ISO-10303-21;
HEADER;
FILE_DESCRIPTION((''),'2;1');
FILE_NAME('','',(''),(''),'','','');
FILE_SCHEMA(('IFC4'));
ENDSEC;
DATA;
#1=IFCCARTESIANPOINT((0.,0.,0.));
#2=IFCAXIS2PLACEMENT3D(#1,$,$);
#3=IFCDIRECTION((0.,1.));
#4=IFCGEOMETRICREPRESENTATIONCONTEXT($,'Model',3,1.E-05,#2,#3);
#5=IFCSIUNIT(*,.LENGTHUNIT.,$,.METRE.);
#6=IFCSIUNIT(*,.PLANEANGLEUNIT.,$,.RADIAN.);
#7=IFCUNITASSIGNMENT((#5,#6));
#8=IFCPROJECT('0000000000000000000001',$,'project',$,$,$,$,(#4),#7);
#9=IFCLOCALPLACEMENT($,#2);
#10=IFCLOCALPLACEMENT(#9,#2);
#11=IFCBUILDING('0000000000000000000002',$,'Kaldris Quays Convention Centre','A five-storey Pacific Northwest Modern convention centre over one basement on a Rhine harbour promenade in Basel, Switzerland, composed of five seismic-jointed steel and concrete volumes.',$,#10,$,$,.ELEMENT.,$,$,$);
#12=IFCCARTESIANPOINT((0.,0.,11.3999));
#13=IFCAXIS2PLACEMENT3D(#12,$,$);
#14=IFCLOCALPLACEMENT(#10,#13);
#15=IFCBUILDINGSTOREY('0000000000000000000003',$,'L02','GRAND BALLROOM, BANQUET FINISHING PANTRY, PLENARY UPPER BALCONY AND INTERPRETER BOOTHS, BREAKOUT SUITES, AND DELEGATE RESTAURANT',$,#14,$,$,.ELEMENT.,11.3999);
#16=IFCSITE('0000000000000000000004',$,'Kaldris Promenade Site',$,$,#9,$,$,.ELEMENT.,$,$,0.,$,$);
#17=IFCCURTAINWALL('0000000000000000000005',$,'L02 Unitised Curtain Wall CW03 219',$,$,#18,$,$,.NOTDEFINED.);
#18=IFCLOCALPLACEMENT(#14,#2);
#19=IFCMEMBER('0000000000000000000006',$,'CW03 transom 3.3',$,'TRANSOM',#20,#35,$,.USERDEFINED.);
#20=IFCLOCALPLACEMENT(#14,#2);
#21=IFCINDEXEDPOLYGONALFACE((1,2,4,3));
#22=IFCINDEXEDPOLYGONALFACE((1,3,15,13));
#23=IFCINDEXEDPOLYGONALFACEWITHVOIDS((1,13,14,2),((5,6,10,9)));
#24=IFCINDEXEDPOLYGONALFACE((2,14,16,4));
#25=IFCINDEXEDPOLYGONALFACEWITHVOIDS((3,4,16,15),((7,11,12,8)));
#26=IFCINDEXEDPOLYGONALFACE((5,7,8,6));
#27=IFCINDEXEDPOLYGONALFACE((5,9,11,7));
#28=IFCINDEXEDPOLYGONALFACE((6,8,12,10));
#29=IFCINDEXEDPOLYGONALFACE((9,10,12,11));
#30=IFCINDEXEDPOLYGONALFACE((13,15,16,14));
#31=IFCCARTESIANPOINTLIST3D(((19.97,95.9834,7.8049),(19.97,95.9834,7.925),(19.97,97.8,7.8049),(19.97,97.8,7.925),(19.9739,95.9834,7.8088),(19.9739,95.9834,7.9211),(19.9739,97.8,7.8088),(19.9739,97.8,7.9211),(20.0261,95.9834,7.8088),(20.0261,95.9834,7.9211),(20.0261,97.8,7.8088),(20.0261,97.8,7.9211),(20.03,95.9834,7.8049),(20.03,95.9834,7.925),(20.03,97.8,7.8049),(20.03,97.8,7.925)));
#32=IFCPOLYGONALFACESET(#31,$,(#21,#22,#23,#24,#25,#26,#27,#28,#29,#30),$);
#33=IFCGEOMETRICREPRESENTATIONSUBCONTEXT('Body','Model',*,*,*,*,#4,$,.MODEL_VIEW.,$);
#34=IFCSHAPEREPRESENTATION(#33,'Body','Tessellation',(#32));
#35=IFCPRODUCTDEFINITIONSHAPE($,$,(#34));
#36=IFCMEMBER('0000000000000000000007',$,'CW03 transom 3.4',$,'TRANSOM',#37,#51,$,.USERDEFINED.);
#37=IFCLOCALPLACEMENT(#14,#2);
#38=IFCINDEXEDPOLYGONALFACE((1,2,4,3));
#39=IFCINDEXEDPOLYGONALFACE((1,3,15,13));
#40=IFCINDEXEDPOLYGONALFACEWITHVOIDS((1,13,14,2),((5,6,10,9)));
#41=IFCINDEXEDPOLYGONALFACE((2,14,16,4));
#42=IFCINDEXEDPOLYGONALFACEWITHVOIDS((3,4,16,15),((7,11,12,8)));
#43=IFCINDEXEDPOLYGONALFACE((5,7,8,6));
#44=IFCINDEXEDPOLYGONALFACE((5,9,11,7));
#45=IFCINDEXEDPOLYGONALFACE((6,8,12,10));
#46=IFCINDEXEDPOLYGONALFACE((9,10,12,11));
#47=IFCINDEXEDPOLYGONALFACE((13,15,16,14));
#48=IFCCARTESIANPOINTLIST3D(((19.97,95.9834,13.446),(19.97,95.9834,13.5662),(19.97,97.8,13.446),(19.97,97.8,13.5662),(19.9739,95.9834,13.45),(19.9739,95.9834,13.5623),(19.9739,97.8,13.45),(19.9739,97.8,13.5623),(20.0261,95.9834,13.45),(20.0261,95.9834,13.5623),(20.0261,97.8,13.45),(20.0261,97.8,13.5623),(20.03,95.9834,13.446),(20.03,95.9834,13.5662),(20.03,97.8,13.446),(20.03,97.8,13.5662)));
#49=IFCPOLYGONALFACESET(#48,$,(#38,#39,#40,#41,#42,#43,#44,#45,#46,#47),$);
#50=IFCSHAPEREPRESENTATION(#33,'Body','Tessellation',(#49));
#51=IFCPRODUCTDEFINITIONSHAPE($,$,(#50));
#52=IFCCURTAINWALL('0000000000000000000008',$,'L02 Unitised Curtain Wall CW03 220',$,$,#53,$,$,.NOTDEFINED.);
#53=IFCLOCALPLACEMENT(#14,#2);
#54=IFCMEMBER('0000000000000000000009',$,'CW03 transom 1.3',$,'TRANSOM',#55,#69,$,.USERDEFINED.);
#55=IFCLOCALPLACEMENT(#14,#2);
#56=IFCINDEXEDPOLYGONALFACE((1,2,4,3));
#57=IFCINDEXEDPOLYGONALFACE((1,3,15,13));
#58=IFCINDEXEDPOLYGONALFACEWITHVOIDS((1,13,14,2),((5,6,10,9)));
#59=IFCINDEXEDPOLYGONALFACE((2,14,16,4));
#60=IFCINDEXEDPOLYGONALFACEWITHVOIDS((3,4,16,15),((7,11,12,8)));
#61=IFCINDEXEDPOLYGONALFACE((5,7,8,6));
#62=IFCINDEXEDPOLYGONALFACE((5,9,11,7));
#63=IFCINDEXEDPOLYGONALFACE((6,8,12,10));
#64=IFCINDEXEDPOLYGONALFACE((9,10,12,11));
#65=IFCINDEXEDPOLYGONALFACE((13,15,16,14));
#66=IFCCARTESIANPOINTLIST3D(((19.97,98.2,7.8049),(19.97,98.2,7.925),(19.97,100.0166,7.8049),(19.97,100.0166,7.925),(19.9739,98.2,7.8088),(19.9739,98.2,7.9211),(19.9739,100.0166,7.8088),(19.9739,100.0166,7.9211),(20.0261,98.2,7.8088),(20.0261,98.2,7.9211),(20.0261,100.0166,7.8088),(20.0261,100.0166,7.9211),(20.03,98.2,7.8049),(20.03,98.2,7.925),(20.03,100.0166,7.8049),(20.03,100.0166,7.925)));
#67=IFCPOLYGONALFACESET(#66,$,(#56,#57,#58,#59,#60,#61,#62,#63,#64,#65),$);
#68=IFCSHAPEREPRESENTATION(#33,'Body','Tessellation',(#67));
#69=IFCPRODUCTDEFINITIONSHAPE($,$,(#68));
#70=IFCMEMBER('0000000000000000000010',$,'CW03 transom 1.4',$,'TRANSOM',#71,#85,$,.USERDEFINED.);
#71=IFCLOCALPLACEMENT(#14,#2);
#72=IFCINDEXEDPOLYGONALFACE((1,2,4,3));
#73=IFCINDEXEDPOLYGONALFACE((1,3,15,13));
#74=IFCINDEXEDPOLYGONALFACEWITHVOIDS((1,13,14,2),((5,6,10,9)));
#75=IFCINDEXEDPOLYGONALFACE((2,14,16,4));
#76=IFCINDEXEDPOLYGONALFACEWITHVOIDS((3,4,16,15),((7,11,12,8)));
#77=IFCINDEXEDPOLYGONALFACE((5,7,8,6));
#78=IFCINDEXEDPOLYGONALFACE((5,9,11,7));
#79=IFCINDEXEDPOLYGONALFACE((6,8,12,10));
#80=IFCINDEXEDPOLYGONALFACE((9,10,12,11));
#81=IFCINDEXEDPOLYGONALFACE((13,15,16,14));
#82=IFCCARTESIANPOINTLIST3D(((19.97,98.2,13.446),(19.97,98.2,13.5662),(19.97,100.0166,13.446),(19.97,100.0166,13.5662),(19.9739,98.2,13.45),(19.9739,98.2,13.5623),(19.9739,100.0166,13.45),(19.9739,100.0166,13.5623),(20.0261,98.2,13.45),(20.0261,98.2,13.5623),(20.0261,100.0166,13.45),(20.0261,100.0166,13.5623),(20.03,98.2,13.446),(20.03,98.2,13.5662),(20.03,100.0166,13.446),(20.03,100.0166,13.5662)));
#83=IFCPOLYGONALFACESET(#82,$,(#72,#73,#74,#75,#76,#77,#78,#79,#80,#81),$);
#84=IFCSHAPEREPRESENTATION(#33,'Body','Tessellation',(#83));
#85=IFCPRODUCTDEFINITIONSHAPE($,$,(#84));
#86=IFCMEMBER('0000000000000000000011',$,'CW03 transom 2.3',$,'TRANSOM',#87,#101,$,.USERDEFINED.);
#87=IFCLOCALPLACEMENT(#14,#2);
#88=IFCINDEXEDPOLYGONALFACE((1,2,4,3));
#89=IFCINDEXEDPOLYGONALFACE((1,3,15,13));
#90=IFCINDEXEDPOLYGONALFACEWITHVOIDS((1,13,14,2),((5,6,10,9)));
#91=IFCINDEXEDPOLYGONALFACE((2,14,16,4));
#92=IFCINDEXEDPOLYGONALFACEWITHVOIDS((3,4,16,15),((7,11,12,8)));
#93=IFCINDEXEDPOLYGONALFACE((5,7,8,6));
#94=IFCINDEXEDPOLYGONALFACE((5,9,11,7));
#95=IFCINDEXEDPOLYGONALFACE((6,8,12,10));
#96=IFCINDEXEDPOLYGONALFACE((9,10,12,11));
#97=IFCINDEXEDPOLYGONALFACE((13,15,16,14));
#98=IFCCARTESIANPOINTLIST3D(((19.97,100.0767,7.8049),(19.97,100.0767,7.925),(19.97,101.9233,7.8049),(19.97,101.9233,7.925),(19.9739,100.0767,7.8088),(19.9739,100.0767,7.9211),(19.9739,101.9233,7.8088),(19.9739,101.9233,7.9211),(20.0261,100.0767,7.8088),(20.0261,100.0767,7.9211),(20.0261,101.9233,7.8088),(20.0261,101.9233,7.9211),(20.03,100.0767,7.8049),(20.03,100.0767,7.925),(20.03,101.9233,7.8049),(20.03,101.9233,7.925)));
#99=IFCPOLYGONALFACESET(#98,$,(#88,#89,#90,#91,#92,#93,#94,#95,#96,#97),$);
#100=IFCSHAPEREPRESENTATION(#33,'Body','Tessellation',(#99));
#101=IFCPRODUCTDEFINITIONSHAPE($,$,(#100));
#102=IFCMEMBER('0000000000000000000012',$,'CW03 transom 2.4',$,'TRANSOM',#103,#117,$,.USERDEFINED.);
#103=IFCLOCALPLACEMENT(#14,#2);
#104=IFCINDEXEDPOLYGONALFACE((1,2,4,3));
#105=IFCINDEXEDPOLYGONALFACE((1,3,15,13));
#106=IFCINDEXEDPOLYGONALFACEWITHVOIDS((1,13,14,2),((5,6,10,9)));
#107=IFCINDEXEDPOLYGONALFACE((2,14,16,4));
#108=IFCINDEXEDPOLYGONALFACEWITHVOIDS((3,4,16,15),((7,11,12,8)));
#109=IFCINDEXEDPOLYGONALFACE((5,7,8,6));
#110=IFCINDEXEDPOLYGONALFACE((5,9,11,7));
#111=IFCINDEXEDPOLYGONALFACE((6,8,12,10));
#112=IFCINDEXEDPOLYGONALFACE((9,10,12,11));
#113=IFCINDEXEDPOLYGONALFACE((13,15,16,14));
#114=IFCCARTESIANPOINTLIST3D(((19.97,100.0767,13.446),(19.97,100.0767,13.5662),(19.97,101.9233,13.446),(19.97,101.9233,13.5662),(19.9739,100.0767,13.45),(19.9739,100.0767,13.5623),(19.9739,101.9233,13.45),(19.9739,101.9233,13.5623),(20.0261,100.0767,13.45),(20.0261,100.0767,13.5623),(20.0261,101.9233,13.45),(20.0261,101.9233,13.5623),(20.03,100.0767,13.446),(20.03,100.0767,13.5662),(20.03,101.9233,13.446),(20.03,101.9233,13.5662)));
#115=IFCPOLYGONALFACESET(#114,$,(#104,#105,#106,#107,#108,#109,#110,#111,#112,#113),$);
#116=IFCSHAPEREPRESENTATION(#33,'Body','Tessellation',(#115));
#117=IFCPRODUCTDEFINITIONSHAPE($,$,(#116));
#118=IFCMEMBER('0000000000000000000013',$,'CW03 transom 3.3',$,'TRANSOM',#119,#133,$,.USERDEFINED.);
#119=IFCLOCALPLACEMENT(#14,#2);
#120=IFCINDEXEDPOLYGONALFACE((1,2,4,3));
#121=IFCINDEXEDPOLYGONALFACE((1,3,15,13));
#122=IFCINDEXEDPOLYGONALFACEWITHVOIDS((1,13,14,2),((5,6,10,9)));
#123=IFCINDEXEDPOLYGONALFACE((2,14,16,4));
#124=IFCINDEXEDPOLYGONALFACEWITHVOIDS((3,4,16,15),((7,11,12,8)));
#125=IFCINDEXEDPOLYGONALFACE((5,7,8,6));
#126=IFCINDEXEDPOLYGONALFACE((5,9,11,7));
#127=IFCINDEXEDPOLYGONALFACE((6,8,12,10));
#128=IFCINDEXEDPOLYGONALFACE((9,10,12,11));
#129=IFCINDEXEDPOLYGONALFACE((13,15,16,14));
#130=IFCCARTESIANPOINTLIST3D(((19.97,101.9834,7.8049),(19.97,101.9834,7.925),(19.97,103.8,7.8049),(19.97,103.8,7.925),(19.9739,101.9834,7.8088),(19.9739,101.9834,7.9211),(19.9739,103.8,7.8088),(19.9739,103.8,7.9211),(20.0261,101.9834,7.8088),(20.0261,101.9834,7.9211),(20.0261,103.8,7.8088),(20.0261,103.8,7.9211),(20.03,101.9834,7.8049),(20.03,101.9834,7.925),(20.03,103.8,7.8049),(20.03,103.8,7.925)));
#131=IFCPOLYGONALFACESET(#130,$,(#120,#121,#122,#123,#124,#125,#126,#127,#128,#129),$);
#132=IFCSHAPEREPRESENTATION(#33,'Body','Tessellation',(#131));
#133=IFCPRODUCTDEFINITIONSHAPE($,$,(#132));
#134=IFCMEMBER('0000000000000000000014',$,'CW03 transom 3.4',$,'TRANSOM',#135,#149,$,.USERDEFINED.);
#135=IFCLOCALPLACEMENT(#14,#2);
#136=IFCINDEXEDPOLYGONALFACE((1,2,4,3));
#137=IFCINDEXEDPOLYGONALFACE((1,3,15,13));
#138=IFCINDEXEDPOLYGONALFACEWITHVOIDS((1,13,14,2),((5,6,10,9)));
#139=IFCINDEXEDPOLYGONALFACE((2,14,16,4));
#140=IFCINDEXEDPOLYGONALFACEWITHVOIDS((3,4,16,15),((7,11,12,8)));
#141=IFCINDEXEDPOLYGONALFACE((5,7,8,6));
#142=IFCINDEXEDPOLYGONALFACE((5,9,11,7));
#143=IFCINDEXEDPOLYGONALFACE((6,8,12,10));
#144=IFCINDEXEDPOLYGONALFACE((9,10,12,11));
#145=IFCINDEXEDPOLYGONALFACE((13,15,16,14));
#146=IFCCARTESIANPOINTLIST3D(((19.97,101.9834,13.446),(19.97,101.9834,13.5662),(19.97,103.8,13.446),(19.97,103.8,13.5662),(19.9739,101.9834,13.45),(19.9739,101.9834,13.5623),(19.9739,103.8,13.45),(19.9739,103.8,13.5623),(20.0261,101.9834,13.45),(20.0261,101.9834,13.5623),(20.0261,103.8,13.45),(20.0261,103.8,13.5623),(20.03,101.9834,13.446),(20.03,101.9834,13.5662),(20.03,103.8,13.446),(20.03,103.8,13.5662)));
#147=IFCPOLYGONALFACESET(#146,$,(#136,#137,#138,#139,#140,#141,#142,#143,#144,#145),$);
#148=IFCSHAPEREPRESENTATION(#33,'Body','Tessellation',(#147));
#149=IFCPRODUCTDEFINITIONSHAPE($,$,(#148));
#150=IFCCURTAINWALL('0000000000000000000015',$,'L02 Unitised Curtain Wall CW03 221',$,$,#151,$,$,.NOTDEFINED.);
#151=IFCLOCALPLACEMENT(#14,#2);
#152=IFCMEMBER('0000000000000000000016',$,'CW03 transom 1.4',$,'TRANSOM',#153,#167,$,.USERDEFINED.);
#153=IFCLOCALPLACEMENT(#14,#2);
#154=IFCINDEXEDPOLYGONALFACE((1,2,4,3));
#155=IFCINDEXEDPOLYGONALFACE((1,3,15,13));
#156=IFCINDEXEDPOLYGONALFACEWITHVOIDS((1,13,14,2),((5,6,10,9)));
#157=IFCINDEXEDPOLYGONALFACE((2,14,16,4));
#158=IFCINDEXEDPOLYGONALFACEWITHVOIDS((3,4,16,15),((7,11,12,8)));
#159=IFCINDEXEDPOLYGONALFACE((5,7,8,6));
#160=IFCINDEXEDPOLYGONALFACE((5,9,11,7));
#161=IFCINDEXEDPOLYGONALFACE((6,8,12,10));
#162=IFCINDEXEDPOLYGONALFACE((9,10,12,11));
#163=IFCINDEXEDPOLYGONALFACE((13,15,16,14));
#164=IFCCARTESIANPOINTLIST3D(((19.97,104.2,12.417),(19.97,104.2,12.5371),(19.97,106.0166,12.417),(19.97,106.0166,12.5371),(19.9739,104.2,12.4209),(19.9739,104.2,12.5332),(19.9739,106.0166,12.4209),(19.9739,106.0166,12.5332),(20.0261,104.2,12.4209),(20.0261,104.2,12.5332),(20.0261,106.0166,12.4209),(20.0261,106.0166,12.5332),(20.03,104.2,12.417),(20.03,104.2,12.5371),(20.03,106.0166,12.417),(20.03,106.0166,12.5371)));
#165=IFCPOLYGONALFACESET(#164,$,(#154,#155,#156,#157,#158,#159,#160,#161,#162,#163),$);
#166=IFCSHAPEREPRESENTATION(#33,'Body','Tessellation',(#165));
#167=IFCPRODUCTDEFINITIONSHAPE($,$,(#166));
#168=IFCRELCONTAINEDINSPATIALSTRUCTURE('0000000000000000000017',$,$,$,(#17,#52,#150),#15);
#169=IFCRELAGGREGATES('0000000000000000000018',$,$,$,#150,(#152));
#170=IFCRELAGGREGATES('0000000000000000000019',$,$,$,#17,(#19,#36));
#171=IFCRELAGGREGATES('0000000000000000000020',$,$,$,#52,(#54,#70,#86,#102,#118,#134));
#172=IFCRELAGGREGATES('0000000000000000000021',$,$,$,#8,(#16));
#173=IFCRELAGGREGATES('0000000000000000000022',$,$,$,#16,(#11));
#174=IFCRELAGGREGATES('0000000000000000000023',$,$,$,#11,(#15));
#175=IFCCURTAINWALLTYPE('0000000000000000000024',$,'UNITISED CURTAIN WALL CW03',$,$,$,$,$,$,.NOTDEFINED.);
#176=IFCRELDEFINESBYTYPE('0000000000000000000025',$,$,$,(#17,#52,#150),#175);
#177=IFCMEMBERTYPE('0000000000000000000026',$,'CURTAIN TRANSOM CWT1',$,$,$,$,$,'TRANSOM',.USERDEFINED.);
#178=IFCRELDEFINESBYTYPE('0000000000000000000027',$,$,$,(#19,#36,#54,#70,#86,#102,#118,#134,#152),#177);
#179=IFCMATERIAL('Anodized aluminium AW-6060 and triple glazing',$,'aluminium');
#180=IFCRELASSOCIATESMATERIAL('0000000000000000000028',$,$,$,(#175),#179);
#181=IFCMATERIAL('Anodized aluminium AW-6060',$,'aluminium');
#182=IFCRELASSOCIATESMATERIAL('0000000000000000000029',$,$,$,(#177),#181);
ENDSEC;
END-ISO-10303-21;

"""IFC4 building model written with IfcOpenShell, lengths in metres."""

from ifc_helpers import new_model, si_unit, direction, frame, origin, origin_2d, place, context, subcontext, project, spatial, hollow_rectangle, extrude, material, material_profile, profile_set, type_object, element, aggregate, save


model = new_model("IFC4")

# Units and contexts
model_context = context("Model", 3, precision=1e-05, world=origin(), true_north=direction((0.0, 1.0)))
body_context = subcontext(model_context, "Body", "Model", "MODEL_VIEW")
ifc_project = project(units=[si_unit("LENGTHUNIT", "METRE"), si_unit("PLANEANGLEUNIT", "RADIAN")], contexts=[model_context])

# Site, building, storey
site_placement = place(None, origin())
site = spatial("IfcSite", under=ifc_project, at=site_placement, Name="Kaldris Promenade Site", CompositionType="ELEMENT", RefElevation=0.0)
building_placement = place(site_placement, origin())
building = spatial("IfcBuilding", under=site, at=building_placement, Name="Kaldris Quays Convention Centre", Description="A five-storey Pacific Northwest Modern convention centre over one basement on a Rhine harbour promenade in Basel, Switzerland, composed of five seismic-jointed steel and concrete volumes.", CompositionType="ELEMENT")
storey_placement = place(building_placement, frame((0.0, 0.0, 11.3999)))
storey = spatial("IfcBuildingStorey", under=building, at=storey_placement, Name="L02", Description="GRAND BALLROOM, BANQUET FINISHING PANTRY, PLENARY UPPER BALCONY AND INTERPRETER BOOTHS, BREAKOUT SUITES, AND DELEGATE RESTAURANT", CompositionType="ELEMENT", Elevation=11.3999)

# Curtain walls, members
ifc_material_1 = material(Name="Anodized aluminium AW-6060 and triple glazing", Category="aluminium")
curtain_wall_type = type_object("IfcCurtainWallType", Name="UNITISED CURTAIN WALL CW03", PredefinedType="NOTDEFINED", material=ifc_material_1)
curtain_wall_1_placement = place(storey_placement, origin())
curtain_wall_1 = element("IfcCurtainWall", 1, at=curtain_wall_1_placement, inside=storey, type_object=curtain_wall_type, Name="L02 Unitised Curtain Wall CW03 219", PredefinedType="NOTDEFINED")
ifc_material_2 = material(Name="Anodized aluminium AW-6060", Category="aluminium")
ifc_material_profile_1 = material_profile(ifc_material_2, hollow_rectangle(XDim=0.0601, YDim=0.1201, WallThickness=0.0039, at=origin_2d()), Name="RHS 120x60x4")
ifc_profile_set_1 = profile_set([ifc_material_profile_1], Name="Anodized aluminium AW-6060")
member_type_1 = type_object("IfcMemberType", Name="CURTAIN TRANSOM CWT1", ElementType="TRANSOM", PredefinedType="USERDEFINED", material=ifc_profile_set_1)
member_1_placement = place(storey_placement, frame((20.0, 95.9834, 7.865), z_axis=(0.0, 1.0, 0.0), x_axis=(-1.0, 0.0, 0.0)))
member_1 = element("IfcMember", 2, at=member_1_placement, type_object=member_type_1, Name="CW03 transom 3.3", ObjectType="TRANSOM", PredefinedType="USERDEFINED", context=body_context, shape_type="SweptSolid", body=[
    extrude(hollow_rectangle(XDim=0.0601, YDim=0.1201, WallThickness=0.0039, at=origin_2d()), origin(), (0.0, 0.0, 1.0), 1.8167),
])
member_2_placement = place(storey_placement, frame((20.0, 95.9834, 13.5061), z_axis=(0.0, 1.0, 0.0), x_axis=(-1.0, 0.0, 0.0)))
member_2 = element("IfcMember", 3, at=member_2_placement, type_object=member_type_1, Name="CW03 transom 3.4", ObjectType="TRANSOM", PredefinedType="USERDEFINED", context=body_context, shape_type="SweptSolid", body=[
    extrude(hollow_rectangle(XDim=0.0601, YDim=0.1201, WallThickness=0.0039, at=origin_2d()), origin(), (0.0, 0.0, 1.0), 1.8167),
])
curtain_wall_2_placement = place(storey_placement, origin())
curtain_wall_2 = element("IfcCurtainWall", 4, at=curtain_wall_2_placement, inside=storey, type_object=curtain_wall_type, Name="L02 Unitised Curtain Wall CW03 220", PredefinedType="NOTDEFINED")
member_3_placement = place(storey_placement, frame((20.0, 98.2, 7.865), z_axis=(0.0, 1.0, 0.0), x_axis=(-1.0, 0.0, 0.0)))
member_3 = element("IfcMember", 5, at=member_3_placement, type_object=member_type_1, Name="CW03 transom 1.3", ObjectType="TRANSOM", PredefinedType="USERDEFINED", context=body_context, shape_type="SweptSolid", body=[
    extrude(hollow_rectangle(XDim=0.0601, YDim=0.1201, WallThickness=0.0039, at=origin_2d()), origin(), (0.0, 0.0, 1.0), 1.8167),
])
member_4_placement = place(storey_placement, frame((20.0, 98.2, 13.5061), z_axis=(0.0, 1.0, 0.0), x_axis=(-1.0, 0.0, 0.0)))
member_4 = element("IfcMember", 6, at=member_4_placement, type_object=member_type_1, Name="CW03 transom 1.4", ObjectType="TRANSOM", PredefinedType="USERDEFINED", context=body_context, shape_type="SweptSolid", body=[
    extrude(hollow_rectangle(XDim=0.0601, YDim=0.1201, WallThickness=0.0039, at=origin_2d()), origin(), (0.0, 0.0, 1.0), 1.8167),
])
member_5_placement = place(storey_placement, frame((20.0, 100.0767, 7.865), z_axis=(0.0, 1.0, 0.0), x_axis=(-1.0, 0.0, 0.0)))
member_5 = element("IfcMember", 7, at=member_5_placement, type_object=member_type_1, Name="CW03 transom 2.3", ObjectType="TRANSOM", PredefinedType="USERDEFINED", context=body_context, shape_type="SweptSolid", body=[
    extrude(hollow_rectangle(XDim=0.0601, YDim=0.1201, WallThickness=0.0039, at=origin_2d()), origin(), (0.0, 0.0, 1.0), 1.8467),
])
member_6_placement = place(storey_placement, frame((20.0, 100.0767, 13.5061), z_axis=(0.0, 1.0, 0.0), x_axis=(-1.0, 0.0, 0.0)))
member_6 = element("IfcMember", 8, at=member_6_placement, type_object=member_type_1, Name="CW03 transom 2.4", ObjectType="TRANSOM", PredefinedType="USERDEFINED", context=body_context, shape_type="SweptSolid", body=[
    extrude(hollow_rectangle(XDim=0.0601, YDim=0.1201, WallThickness=0.0039, at=origin_2d()), origin(), (0.0, 0.0, 1.0), 1.8467),
])
member_7_placement = place(storey_placement, frame((20.0, 101.9834, 7.865), z_axis=(0.0, 1.0, 0.0), x_axis=(-1.0, 0.0, 0.0)))
member_7 = element("IfcMember", 9, at=member_7_placement, type_object=member_type_1, Name="CW03 transom 3.3", ObjectType="TRANSOM", PredefinedType="USERDEFINED", context=body_context, shape_type="SweptSolid", body=[
    extrude(hollow_rectangle(XDim=0.0601, YDim=0.1201, WallThickness=0.0039, at=origin_2d()), origin(), (0.0, 0.0, 1.0), 1.8167),
])
member_8_placement = place(storey_placement, frame((20.0, 101.9834, 13.5061), z_axis=(0.0, 1.0, 0.0), x_axis=(-1.0, 0.0, 0.0)))
member_8 = element("IfcMember", 10, at=member_8_placement, type_object=member_type_1, Name="CW03 transom 3.4", ObjectType="TRANSOM", PredefinedType="USERDEFINED", context=body_context, shape_type="SweptSolid", body=[
    extrude(hollow_rectangle(XDim=0.0601, YDim=0.1201, WallThickness=0.0039, at=origin_2d()), origin(), (0.0, 0.0, 1.0), 1.8167),
])

# Curtain wall, member
curtain_wall_3_placement = place(storey_placement, origin())
curtain_wall_3 = element("IfcCurtainWall", 11, at=curtain_wall_3_placement, inside=storey, type_object=curtain_wall_type, Name="L02 Unitised Curtain Wall CW03 221", PredefinedType="NOTDEFINED")
member_9_placement = place(storey_placement, frame((20.0, 104.2, 12.4771), z_axis=(0.0, 1.0, 0.0), x_axis=(-1.0, 0.0, 0.0)))
member_9 = element("IfcMember", 12, at=member_9_placement, type_object=member_type_1, Name="CW03 transom 1.4", ObjectType="TRANSOM", PredefinedType="USERDEFINED", context=body_context, shape_type="SweptSolid", body=[
    extrude(hollow_rectangle(XDim=0.0601, YDim=0.1201, WallThickness=0.0039, at=origin_2d()), origin(), (0.0, 0.0, 1.0), 1.8167),
])
aggregate(curtain_wall_3, [member_9])

aggregate(curtain_wall_1, [member_1, member_2])
aggregate(curtain_wall_2, [member_3, member_4, member_5, member_6, member_7, member_8])

save(model, "model.ifc")
